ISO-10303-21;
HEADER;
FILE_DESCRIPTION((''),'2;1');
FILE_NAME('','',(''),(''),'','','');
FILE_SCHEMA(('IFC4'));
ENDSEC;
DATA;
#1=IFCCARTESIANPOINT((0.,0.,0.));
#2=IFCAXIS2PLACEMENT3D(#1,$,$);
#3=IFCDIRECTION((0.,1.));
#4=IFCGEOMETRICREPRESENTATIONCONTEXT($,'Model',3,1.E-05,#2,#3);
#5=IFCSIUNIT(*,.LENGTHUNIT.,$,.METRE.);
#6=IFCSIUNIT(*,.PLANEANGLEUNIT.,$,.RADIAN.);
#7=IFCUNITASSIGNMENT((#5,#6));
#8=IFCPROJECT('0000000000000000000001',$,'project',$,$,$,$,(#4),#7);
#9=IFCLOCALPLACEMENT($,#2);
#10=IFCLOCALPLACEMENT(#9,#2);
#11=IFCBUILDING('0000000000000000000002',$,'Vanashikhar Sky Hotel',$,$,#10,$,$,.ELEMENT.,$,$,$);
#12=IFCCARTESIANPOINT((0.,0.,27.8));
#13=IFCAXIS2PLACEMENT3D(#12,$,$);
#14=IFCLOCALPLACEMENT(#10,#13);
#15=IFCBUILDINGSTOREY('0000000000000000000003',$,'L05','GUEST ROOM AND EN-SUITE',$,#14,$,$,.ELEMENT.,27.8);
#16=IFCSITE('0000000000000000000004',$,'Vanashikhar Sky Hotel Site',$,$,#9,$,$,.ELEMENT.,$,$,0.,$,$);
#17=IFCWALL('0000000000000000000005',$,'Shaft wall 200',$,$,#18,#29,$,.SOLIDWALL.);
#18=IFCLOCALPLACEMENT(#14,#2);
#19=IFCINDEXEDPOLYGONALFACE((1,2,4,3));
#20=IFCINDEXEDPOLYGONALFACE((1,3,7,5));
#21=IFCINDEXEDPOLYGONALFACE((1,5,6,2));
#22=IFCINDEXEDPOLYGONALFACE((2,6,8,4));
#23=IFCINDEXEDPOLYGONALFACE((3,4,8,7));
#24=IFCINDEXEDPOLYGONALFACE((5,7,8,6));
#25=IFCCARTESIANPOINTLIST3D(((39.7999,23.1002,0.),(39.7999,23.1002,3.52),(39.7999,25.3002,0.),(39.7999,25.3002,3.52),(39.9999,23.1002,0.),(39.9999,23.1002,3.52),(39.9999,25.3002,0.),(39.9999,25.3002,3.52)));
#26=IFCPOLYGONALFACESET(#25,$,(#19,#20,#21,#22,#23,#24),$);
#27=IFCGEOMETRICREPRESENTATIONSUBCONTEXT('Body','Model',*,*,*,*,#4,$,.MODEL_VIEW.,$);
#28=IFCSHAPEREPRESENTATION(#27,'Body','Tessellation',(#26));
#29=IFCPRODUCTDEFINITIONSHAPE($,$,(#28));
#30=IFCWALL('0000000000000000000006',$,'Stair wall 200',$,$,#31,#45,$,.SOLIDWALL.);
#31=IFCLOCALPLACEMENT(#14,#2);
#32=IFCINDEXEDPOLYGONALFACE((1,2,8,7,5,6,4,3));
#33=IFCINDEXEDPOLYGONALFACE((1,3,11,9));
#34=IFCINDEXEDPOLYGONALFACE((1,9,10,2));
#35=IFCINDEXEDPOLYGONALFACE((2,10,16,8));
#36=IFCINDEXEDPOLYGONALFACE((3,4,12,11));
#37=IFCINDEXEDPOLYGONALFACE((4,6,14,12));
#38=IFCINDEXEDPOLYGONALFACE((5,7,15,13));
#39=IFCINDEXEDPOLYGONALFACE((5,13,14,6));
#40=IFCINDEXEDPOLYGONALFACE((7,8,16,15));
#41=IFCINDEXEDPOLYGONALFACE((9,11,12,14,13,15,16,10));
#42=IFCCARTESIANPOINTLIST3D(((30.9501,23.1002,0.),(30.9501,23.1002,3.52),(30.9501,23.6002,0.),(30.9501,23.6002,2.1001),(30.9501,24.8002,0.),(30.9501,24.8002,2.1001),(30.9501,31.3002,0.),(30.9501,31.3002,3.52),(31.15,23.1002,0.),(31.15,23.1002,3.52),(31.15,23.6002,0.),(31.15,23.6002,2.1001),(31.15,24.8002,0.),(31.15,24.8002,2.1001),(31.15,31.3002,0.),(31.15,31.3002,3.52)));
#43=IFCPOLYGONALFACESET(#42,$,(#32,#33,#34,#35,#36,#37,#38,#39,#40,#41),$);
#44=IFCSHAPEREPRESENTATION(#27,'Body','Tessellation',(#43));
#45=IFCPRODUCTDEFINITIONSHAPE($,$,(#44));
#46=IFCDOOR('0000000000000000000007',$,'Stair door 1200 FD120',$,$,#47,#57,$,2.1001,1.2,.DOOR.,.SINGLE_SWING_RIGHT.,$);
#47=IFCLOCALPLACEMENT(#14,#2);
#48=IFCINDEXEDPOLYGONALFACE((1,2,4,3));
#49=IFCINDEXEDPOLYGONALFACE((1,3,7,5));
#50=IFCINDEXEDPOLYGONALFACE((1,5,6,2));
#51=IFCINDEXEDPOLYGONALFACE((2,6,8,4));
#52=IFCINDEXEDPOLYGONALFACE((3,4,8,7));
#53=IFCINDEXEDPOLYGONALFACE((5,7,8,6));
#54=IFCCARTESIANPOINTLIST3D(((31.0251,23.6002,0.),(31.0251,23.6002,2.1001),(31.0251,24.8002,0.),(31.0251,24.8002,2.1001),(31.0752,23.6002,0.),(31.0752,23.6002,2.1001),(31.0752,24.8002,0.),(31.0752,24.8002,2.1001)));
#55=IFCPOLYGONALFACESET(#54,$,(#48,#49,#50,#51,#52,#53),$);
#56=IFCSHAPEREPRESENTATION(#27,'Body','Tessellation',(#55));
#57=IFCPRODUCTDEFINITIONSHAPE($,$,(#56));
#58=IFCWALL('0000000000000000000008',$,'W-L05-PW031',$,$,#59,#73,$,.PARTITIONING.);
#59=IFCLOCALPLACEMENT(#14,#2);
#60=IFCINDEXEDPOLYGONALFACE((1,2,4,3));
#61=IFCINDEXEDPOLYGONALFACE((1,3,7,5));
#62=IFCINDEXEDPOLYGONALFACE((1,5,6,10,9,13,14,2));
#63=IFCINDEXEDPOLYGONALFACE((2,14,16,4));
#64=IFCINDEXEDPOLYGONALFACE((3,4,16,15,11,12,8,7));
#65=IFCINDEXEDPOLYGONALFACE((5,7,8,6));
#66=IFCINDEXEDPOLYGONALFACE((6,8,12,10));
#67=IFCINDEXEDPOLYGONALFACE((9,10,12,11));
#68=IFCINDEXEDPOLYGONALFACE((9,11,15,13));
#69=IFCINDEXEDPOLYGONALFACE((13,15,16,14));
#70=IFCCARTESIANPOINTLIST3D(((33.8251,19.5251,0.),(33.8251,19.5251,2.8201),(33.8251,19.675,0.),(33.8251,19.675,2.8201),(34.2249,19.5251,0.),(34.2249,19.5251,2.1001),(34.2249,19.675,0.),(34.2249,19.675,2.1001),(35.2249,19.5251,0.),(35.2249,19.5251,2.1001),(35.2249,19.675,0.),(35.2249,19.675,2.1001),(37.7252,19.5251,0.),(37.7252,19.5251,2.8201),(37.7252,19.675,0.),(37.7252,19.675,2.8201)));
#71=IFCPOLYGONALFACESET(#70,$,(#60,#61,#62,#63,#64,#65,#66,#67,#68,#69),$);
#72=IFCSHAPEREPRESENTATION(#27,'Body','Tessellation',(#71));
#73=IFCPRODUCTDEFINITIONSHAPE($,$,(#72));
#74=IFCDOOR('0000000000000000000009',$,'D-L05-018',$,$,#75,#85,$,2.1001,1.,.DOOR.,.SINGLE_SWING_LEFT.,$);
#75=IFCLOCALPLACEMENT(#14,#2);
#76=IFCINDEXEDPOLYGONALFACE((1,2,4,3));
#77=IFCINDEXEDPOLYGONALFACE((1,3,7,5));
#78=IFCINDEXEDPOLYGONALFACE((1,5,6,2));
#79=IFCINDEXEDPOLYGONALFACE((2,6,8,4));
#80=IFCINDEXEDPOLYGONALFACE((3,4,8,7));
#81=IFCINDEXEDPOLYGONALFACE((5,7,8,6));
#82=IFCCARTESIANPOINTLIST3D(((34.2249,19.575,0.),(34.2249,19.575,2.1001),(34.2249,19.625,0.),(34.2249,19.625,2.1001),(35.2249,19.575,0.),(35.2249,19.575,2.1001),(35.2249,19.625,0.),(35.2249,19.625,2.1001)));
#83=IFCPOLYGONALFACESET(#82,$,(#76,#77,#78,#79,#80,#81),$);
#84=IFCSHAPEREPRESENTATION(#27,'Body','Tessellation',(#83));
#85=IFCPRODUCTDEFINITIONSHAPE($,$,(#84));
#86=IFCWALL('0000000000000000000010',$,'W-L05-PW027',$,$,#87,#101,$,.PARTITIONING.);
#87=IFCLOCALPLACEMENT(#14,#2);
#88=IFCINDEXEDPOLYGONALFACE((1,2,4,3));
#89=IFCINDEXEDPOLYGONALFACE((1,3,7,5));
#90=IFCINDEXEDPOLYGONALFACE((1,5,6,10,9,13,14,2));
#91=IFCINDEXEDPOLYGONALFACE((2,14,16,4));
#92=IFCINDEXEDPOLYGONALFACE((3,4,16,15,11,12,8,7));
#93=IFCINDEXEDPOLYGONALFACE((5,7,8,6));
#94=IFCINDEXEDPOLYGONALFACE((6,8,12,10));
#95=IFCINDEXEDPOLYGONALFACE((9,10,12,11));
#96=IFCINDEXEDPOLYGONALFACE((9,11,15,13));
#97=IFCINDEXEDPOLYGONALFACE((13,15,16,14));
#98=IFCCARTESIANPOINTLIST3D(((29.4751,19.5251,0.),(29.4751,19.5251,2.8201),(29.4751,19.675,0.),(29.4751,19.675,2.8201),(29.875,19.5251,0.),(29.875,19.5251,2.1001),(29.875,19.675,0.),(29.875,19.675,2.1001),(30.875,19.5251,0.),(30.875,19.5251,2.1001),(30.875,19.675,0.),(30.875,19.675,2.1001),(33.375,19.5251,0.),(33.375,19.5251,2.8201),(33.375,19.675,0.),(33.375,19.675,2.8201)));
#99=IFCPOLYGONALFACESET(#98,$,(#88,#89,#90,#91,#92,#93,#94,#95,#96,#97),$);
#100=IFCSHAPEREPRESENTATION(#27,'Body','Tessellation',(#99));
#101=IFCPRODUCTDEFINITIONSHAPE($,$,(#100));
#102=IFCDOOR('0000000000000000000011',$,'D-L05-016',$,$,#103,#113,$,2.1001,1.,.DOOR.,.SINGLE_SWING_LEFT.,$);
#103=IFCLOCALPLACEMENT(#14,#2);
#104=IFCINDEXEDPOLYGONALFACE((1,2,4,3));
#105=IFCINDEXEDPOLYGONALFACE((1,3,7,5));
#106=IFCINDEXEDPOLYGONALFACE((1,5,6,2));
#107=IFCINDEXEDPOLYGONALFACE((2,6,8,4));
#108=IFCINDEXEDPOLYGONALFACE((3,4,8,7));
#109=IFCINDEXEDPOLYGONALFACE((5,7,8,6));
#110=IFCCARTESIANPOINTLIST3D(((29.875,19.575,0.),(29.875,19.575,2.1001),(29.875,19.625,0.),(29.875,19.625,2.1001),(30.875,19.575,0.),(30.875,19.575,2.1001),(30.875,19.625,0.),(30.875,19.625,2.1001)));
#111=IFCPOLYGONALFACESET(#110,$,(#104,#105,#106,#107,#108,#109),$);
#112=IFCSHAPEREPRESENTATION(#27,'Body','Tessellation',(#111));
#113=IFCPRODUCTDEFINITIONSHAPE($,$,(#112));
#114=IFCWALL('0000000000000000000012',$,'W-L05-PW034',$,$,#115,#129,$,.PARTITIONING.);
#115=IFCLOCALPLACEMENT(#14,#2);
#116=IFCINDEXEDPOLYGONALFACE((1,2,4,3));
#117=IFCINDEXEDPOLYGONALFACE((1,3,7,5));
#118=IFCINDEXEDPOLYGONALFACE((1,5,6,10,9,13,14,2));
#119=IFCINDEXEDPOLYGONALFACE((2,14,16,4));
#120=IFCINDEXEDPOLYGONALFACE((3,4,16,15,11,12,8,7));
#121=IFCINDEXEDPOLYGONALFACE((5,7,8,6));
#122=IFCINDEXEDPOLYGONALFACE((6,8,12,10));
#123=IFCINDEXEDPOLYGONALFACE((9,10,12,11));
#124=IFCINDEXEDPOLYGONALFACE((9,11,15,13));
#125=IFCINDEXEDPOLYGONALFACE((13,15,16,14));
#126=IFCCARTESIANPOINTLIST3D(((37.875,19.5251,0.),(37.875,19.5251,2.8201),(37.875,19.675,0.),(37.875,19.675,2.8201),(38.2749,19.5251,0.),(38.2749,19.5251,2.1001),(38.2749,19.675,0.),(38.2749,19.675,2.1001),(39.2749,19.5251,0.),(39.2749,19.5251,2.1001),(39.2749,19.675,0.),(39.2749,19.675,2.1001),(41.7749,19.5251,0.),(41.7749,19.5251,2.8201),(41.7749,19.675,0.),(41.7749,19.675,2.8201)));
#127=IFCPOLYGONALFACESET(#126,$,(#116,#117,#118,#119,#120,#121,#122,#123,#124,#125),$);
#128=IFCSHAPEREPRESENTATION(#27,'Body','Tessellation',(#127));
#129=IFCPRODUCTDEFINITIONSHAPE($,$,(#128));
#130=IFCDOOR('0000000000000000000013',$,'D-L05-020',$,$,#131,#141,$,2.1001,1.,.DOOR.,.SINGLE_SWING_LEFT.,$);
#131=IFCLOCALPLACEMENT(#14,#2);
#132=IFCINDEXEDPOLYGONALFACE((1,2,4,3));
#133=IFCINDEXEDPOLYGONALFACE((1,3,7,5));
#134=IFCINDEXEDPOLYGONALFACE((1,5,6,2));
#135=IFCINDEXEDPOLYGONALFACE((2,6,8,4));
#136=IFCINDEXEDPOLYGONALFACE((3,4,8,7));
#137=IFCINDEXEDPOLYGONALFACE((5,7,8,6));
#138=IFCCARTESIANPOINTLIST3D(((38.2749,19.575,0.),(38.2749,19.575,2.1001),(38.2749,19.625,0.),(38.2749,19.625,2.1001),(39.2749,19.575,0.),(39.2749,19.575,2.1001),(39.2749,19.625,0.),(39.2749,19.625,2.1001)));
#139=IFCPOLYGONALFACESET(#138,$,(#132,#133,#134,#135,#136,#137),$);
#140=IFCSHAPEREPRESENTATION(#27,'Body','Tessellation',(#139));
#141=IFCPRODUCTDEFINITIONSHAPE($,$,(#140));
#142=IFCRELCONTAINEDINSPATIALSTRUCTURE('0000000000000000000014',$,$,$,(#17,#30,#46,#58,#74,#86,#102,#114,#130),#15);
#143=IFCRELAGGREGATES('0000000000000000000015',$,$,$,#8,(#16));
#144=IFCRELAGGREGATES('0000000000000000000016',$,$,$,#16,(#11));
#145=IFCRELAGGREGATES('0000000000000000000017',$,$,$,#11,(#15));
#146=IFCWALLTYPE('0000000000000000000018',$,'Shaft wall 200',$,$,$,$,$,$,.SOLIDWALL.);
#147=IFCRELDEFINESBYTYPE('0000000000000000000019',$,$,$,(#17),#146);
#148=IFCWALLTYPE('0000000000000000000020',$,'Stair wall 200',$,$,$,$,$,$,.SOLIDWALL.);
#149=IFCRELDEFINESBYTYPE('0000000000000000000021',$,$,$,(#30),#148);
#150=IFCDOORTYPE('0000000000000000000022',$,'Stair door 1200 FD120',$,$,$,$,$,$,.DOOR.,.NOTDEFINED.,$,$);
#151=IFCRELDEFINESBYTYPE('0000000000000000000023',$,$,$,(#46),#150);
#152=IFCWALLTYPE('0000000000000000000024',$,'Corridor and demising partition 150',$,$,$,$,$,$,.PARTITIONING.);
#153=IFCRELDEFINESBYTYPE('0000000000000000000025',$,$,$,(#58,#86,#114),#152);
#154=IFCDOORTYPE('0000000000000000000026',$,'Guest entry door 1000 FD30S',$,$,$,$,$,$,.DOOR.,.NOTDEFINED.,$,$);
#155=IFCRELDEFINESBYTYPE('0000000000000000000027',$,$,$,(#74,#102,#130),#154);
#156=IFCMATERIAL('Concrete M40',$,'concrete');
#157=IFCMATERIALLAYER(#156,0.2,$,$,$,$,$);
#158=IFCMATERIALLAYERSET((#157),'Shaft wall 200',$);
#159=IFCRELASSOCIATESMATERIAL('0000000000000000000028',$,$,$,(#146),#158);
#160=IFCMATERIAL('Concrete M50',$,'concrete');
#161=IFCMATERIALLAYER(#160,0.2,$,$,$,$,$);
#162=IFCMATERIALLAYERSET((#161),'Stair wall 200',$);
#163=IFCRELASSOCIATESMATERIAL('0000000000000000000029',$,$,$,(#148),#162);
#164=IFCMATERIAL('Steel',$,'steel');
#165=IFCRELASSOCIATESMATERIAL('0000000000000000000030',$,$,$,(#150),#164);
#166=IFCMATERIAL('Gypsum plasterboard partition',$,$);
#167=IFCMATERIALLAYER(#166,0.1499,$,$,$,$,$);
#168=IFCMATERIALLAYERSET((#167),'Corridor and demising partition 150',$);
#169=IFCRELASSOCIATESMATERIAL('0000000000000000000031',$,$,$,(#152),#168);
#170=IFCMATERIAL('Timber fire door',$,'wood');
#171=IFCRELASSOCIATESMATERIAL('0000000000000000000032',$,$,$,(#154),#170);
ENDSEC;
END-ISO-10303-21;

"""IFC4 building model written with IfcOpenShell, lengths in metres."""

from ifc_helpers import new_model, si_unit, direction, frame, frame_2d, origin, place, context, subcontext, project, spatial, rectangle, extrude, source, transform, mapped, material, layer, layer_set, type_object, element, fill, save


model = new_model("IFC4")

# Units and contexts
model_context = context("Model", 3, precision=1e-05, world=origin(), true_north=direction((0.0, 1.0)))
body_context = subcontext(model_context, "Body", "Model", "MODEL_VIEW")
ifc_project = project(units=[si_unit("LENGTHUNIT", "METRE"), si_unit("PLANEANGLEUNIT", "RADIAN")], contexts=[model_context])

# Site, building, storey
site_placement = place(None, origin())
site = spatial("IfcSite", under=ifc_project, at=site_placement, Name="Vanashikhar Sky Hotel Site", CompositionType="ELEMENT", RefElevation=0.0)
building_placement = place(site_placement, origin())
building = spatial("IfcBuilding", under=site, at=building_placement, Name="Vanashikhar Sky Hotel", CompositionType="ELEMENT")
storey_placement = place(building_placement, frame((0.0, 0.0, 27.8)))
storey = spatial("IfcBuildingStorey", under=building, at=storey_placement, Name="L05", Description="GUEST ROOM AND EN-SUITE", CompositionType="ELEMENT", Elevation=27.8)

# Shared definitions
ifc_material_1 = material(Name="Steel", Category="steel")

# Shared definitions
ifc_material_2 = material(Name="Concrete M40", Category="concrete")
ifc_layer_1 = layer(ifc_material_2, 0.2)
ifc_layer_set_1 = layer_set([ifc_layer_1], Name="Shaft wall 200")
wall_type_1 = type_object("IfcWallType", Name="Shaft wall 200", PredefinedType="SOLIDWALL", material=ifc_layer_set_1)

# Wall
shared_shape_1 = source(origin(), body_context, "Body", "SweptSolid", [
    extrude(rectangle(XDim=2.2, YDim=0.2, at=frame_2d((1.1001, 0.0))), origin(), (0.0, 0.0, 1.0), 3.52),
])
wall_1_placement = place(storey_placement, frame((39.8999, 23.1001, 0.0), z_axis=(0.0, 0.0, 1.0), x_axis=(0.0, 1.0, 0.0)))
element("IfcWall", 1, at=wall_1_placement, inside=storey, type_object=wall_type_1, Name="Shaft wall 200", PredefinedType="SOLIDWALL", context=body_context, shape_type="MappedRepresentation", body=[
    mapped(shared_shape_1, transform((0.0, 0.0, 0.0), scale=1.0)),
])

# Walls, openings, doors
ifc_material_3 = material(Name="Concrete M50", Category="concrete")
ifc_layer_2 = layer(ifc_material_3, 0.2)
ifc_layer_set_2 = layer_set([ifc_layer_2], Name="Stair wall 200")
wall_type_2 = type_object("IfcWallType", Name="Stair wall 200", PredefinedType="SOLIDWALL", material=ifc_layer_set_2)
shared_shape_2 = source(origin(), body_context, "Body", "SweptSolid", [
    extrude(rectangle(XDim=8.2, YDim=0.2, at=frame_2d((4.1001, 0.0))), origin(), (0.0, 0.0, 1.0), 3.52),
])
wall_2_placement = place(storey_placement, frame((31.05, 23.1001, 0.0), z_axis=(0.0, 0.0, 1.0), x_axis=(0.0, 1.0, 0.0)))
wall_2 = element("IfcWall", 2, at=wall_2_placement, inside=storey, type_object=wall_type_2, Name="Stair wall 200", PredefinedType="SOLIDWALL", context=body_context, shape_type="MappedRepresentation", body=[
    mapped(shared_shape_2, transform((0.0, 0.0, 0.0), scale=1.0)),
])
shared_shape_3 = source(origin(), body_context, "Body", "SweptSolid", [
    extrude(rectangle(XDim=1.2, YDim=2.1001, at=frame_2d((0.6001, 1.05))), frame((0.0, 0.1099, 0.0), z_axis=(0.0, -1.0, 0.0), x_axis=(1.0, 0.0, 0.0)), (0.0, 0.0, 1.0), 0.22),
])
opening_1_placement = place(wall_2_placement, frame((0.5, 0.0, 0.0)))
opening_1 = element("IfcOpeningElement", 3, at=opening_1_placement, cuts=wall_2, PredefinedType="OPENING", context=body_context, shape_type="MappedRepresentation", body=[
    mapped(shared_shape_3, transform((0.0, 0.0, 0.0), scale=1.0)),
])
door_type_1 = type_object("IfcDoorType", Name="Stair door 1200 FD120", OperationType="NOTDEFINED", PredefinedType="DOOR", material=ifc_material_1)
shared_shape_4 = source(origin(), body_context, "Body", "SweptSolid", [
    extrude(rectangle(XDim=1.2, YDim=2.1001, at=frame_2d((0.6001, 1.05))), frame((0.0, 0.0249, 0.0), z_axis=(0.0, -1.0, 0.0), x_axis=(1.0, 0.0, 0.0)), (0.0, 0.0, 1.0), 0.05),
])
door_1_placement = place(opening_1_placement, origin())
door_1 = element("IfcDoor", 4, at=door_1_placement, inside=storey, type_object=door_type_1, Name="Stair door 1200 FD120", OperationType="SINGLE_SWING_RIGHT", OverallHeight=2.1001, OverallWidth=1.2, PredefinedType="DOOR", context=body_context, shape_type="MappedRepresentation", body=[
    mapped(shared_shape_4, transform((0.0, 0.0, 0.0), scale=1.0)),
])
fill(opening_1, door_1)
ifc_material_4 = material(Name="Gypsum plasterboard partition")
ifc_layer_3 = layer(ifc_material_4, 0.1499)
ifc_layer_set_3 = layer_set([ifc_layer_3], Name="Corridor and demising partition 150")
wall_type_3 = type_object("IfcWallType", Name="Corridor and demising partition 150", PredefinedType="PARTITIONING", material=ifc_layer_set_3)
shared_shape_5 = source(origin(), body_context, "Body", "SweptSolid", [
    extrude(rectangle(XDim=3.9001, YDim=0.1499, at=frame_2d((1.9502, 0.0))), origin(), (0.0, 0.0, 1.0), 2.8201),
])
wall_3_placement = place(storey_placement, frame((33.825, 19.6001, 0.0), z_axis=(0.0, 0.0, 1.0), x_axis=(1.0, 0.0, 0.0)))
wall_3 = element("IfcWall", 5, at=wall_3_placement, inside=storey, type_object=wall_type_3, Name="W-L05-PW031", PredefinedType="PARTITIONING", context=body_context, shape_type="MappedRepresentation", body=[
    mapped(shared_shape_5, transform((0.0, 0.0, 0.0), scale=1.0)),
])
shared_shape_6 = source(origin(), body_context, "Body", "SweptSolid", [
    extrude(rectangle(XDim=1.0, YDim=2.1001, at=frame_2d((0.5, 1.05))), frame((0.0, 0.085, 0.0), z_axis=(0.0, -1.0, 0.0), x_axis=(1.0, 0.0, 0.0)), (0.0, 0.0, 1.0), 0.1699),
])
opening_2_placement = place(wall_3_placement, frame((0.3999, 0.0, 0.0)))
opening_2 = element("IfcOpeningElement", 6, at=opening_2_placement, cuts=wall_3, PredefinedType="OPENING", context=body_context, shape_type="MappedRepresentation", body=[
    mapped(shared_shape_6, transform((0.0, 0.0, 0.0), scale=1.0)),
])
ifc_material_5 = material(Name="Timber fire door", Category="wood")
door_type_2 = type_object("IfcDoorType", Name="Guest entry door 1000 FD30S", OperationType="NOTDEFINED", PredefinedType="DOOR", material=ifc_material_5)
shared_shape_7 = source(origin(), body_context, "Body", "SweptSolid", [
    extrude(rectangle(XDim=1.0, YDim=2.1001, at=frame_2d((0.5, 1.05))), frame((0.0, 0.0249, 0.0), z_axis=(0.0, -1.0, 0.0), x_axis=(1.0, 0.0, 0.0)), (0.0, 0.0, 1.0), 0.05),
])
door_2_placement = place(opening_2_placement, origin())
door_2 = element("IfcDoor", 7, at=door_2_placement, inside=storey, type_object=door_type_2, Name="D-L05-018", OperationType="SINGLE_SWING_LEFT", OverallHeight=2.1001, OverallWidth=1.0, PredefinedType="DOOR", context=body_context, shape_type="MappedRepresentation", body=[
    mapped(shared_shape_7, transform((0.0, 0.0, 0.0), scale=1.0)),
])
fill(opening_2, door_2)
shared_shape_8 = source(origin(), body_context, "Body", "SweptSolid", [
    extrude(rectangle(XDim=3.8999, YDim=0.1499, at=frame_2d((1.95, 0.0))), origin(), (0.0, 0.0, 1.0), 2.8201),
])
wall_4_placement = place(storey_placement, frame((29.4751, 19.6001, 0.0), z_axis=(0.0, 0.0, 1.0), x_axis=(1.0, 0.0, 0.0)))
wall_4 = element("IfcWall", 8, at=wall_4_placement, inside=storey, type_object=wall_type_3, Name="W-L05-PW027", PredefinedType="PARTITIONING", context=body_context, shape_type="MappedRepresentation", body=[
    mapped(shared_shape_8, transform((0.0, 0.0, 0.0), scale=1.0)),
])
opening_3_placement = place(wall_4_placement, frame((0.3999, 0.0, 0.0)))
opening_3 = element("IfcOpeningElement", 9, at=opening_3_placement, cuts=wall_4, PredefinedType="OPENING", context=body_context, shape_type="MappedRepresentation", body=[
    mapped(shared_shape_6, transform((0.0, 0.0, 0.0), scale=1.0)),
])
door_3_placement = place(opening_3_placement, origin())
door_3 = element("IfcDoor", 10, at=door_3_placement, inside=storey, type_object=door_type_2, Name="D-L05-016", OperationType="SINGLE_SWING_LEFT", OverallHeight=2.1001, OverallWidth=1.0, PredefinedType="DOOR", context=body_context, shape_type="MappedRepresentation", body=[
    mapped(shared_shape_7, transform((0.0, 0.0, 0.0), scale=1.0)),
])
fill(opening_3, door_3)
wall_5_placement = place(storey_placement, frame((37.875, 19.6001, 0.0), z_axis=(0.0, 0.0, 1.0), x_axis=(1.0, 0.0, 0.0)))
wall_5 = element("IfcWall", 11, at=wall_5_placement, inside=storey, type_object=wall_type_3, Name="W-L05-PW034", PredefinedType="PARTITIONING", context=body_context, shape_type="MappedRepresentation", body=[
    mapped(shared_shape_8, transform((0.0, 0.0, 0.0), scale=1.0)),
])
opening_4_placement = place(wall_5_placement, frame((0.3999, 0.0, 0.0)))
opening_4 = element("IfcOpeningElement", 12, at=opening_4_placement, cuts=wall_5, PredefinedType="OPENING", context=body_context, shape_type="MappedRepresentation", body=[
    mapped(shared_shape_6, transform((0.0, 0.0, 0.0), scale=1.0)),
])
door_4_placement = place(opening_4_placement, origin())
door_4 = element("IfcDoor", 13, at=door_4_placement, inside=storey, type_object=door_type_2, Name="D-L05-020", OperationType="SINGLE_SWING_LEFT", OverallHeight=2.1001, OverallWidth=1.0, PredefinedType="DOOR", context=body_context, shape_type="MappedRepresentation", body=[
    mapped(shared_shape_7, transform((0.0, 0.0, 0.0), scale=1.0)),
])
fill(opening_4, door_4)

save(model, "model.ifc")
